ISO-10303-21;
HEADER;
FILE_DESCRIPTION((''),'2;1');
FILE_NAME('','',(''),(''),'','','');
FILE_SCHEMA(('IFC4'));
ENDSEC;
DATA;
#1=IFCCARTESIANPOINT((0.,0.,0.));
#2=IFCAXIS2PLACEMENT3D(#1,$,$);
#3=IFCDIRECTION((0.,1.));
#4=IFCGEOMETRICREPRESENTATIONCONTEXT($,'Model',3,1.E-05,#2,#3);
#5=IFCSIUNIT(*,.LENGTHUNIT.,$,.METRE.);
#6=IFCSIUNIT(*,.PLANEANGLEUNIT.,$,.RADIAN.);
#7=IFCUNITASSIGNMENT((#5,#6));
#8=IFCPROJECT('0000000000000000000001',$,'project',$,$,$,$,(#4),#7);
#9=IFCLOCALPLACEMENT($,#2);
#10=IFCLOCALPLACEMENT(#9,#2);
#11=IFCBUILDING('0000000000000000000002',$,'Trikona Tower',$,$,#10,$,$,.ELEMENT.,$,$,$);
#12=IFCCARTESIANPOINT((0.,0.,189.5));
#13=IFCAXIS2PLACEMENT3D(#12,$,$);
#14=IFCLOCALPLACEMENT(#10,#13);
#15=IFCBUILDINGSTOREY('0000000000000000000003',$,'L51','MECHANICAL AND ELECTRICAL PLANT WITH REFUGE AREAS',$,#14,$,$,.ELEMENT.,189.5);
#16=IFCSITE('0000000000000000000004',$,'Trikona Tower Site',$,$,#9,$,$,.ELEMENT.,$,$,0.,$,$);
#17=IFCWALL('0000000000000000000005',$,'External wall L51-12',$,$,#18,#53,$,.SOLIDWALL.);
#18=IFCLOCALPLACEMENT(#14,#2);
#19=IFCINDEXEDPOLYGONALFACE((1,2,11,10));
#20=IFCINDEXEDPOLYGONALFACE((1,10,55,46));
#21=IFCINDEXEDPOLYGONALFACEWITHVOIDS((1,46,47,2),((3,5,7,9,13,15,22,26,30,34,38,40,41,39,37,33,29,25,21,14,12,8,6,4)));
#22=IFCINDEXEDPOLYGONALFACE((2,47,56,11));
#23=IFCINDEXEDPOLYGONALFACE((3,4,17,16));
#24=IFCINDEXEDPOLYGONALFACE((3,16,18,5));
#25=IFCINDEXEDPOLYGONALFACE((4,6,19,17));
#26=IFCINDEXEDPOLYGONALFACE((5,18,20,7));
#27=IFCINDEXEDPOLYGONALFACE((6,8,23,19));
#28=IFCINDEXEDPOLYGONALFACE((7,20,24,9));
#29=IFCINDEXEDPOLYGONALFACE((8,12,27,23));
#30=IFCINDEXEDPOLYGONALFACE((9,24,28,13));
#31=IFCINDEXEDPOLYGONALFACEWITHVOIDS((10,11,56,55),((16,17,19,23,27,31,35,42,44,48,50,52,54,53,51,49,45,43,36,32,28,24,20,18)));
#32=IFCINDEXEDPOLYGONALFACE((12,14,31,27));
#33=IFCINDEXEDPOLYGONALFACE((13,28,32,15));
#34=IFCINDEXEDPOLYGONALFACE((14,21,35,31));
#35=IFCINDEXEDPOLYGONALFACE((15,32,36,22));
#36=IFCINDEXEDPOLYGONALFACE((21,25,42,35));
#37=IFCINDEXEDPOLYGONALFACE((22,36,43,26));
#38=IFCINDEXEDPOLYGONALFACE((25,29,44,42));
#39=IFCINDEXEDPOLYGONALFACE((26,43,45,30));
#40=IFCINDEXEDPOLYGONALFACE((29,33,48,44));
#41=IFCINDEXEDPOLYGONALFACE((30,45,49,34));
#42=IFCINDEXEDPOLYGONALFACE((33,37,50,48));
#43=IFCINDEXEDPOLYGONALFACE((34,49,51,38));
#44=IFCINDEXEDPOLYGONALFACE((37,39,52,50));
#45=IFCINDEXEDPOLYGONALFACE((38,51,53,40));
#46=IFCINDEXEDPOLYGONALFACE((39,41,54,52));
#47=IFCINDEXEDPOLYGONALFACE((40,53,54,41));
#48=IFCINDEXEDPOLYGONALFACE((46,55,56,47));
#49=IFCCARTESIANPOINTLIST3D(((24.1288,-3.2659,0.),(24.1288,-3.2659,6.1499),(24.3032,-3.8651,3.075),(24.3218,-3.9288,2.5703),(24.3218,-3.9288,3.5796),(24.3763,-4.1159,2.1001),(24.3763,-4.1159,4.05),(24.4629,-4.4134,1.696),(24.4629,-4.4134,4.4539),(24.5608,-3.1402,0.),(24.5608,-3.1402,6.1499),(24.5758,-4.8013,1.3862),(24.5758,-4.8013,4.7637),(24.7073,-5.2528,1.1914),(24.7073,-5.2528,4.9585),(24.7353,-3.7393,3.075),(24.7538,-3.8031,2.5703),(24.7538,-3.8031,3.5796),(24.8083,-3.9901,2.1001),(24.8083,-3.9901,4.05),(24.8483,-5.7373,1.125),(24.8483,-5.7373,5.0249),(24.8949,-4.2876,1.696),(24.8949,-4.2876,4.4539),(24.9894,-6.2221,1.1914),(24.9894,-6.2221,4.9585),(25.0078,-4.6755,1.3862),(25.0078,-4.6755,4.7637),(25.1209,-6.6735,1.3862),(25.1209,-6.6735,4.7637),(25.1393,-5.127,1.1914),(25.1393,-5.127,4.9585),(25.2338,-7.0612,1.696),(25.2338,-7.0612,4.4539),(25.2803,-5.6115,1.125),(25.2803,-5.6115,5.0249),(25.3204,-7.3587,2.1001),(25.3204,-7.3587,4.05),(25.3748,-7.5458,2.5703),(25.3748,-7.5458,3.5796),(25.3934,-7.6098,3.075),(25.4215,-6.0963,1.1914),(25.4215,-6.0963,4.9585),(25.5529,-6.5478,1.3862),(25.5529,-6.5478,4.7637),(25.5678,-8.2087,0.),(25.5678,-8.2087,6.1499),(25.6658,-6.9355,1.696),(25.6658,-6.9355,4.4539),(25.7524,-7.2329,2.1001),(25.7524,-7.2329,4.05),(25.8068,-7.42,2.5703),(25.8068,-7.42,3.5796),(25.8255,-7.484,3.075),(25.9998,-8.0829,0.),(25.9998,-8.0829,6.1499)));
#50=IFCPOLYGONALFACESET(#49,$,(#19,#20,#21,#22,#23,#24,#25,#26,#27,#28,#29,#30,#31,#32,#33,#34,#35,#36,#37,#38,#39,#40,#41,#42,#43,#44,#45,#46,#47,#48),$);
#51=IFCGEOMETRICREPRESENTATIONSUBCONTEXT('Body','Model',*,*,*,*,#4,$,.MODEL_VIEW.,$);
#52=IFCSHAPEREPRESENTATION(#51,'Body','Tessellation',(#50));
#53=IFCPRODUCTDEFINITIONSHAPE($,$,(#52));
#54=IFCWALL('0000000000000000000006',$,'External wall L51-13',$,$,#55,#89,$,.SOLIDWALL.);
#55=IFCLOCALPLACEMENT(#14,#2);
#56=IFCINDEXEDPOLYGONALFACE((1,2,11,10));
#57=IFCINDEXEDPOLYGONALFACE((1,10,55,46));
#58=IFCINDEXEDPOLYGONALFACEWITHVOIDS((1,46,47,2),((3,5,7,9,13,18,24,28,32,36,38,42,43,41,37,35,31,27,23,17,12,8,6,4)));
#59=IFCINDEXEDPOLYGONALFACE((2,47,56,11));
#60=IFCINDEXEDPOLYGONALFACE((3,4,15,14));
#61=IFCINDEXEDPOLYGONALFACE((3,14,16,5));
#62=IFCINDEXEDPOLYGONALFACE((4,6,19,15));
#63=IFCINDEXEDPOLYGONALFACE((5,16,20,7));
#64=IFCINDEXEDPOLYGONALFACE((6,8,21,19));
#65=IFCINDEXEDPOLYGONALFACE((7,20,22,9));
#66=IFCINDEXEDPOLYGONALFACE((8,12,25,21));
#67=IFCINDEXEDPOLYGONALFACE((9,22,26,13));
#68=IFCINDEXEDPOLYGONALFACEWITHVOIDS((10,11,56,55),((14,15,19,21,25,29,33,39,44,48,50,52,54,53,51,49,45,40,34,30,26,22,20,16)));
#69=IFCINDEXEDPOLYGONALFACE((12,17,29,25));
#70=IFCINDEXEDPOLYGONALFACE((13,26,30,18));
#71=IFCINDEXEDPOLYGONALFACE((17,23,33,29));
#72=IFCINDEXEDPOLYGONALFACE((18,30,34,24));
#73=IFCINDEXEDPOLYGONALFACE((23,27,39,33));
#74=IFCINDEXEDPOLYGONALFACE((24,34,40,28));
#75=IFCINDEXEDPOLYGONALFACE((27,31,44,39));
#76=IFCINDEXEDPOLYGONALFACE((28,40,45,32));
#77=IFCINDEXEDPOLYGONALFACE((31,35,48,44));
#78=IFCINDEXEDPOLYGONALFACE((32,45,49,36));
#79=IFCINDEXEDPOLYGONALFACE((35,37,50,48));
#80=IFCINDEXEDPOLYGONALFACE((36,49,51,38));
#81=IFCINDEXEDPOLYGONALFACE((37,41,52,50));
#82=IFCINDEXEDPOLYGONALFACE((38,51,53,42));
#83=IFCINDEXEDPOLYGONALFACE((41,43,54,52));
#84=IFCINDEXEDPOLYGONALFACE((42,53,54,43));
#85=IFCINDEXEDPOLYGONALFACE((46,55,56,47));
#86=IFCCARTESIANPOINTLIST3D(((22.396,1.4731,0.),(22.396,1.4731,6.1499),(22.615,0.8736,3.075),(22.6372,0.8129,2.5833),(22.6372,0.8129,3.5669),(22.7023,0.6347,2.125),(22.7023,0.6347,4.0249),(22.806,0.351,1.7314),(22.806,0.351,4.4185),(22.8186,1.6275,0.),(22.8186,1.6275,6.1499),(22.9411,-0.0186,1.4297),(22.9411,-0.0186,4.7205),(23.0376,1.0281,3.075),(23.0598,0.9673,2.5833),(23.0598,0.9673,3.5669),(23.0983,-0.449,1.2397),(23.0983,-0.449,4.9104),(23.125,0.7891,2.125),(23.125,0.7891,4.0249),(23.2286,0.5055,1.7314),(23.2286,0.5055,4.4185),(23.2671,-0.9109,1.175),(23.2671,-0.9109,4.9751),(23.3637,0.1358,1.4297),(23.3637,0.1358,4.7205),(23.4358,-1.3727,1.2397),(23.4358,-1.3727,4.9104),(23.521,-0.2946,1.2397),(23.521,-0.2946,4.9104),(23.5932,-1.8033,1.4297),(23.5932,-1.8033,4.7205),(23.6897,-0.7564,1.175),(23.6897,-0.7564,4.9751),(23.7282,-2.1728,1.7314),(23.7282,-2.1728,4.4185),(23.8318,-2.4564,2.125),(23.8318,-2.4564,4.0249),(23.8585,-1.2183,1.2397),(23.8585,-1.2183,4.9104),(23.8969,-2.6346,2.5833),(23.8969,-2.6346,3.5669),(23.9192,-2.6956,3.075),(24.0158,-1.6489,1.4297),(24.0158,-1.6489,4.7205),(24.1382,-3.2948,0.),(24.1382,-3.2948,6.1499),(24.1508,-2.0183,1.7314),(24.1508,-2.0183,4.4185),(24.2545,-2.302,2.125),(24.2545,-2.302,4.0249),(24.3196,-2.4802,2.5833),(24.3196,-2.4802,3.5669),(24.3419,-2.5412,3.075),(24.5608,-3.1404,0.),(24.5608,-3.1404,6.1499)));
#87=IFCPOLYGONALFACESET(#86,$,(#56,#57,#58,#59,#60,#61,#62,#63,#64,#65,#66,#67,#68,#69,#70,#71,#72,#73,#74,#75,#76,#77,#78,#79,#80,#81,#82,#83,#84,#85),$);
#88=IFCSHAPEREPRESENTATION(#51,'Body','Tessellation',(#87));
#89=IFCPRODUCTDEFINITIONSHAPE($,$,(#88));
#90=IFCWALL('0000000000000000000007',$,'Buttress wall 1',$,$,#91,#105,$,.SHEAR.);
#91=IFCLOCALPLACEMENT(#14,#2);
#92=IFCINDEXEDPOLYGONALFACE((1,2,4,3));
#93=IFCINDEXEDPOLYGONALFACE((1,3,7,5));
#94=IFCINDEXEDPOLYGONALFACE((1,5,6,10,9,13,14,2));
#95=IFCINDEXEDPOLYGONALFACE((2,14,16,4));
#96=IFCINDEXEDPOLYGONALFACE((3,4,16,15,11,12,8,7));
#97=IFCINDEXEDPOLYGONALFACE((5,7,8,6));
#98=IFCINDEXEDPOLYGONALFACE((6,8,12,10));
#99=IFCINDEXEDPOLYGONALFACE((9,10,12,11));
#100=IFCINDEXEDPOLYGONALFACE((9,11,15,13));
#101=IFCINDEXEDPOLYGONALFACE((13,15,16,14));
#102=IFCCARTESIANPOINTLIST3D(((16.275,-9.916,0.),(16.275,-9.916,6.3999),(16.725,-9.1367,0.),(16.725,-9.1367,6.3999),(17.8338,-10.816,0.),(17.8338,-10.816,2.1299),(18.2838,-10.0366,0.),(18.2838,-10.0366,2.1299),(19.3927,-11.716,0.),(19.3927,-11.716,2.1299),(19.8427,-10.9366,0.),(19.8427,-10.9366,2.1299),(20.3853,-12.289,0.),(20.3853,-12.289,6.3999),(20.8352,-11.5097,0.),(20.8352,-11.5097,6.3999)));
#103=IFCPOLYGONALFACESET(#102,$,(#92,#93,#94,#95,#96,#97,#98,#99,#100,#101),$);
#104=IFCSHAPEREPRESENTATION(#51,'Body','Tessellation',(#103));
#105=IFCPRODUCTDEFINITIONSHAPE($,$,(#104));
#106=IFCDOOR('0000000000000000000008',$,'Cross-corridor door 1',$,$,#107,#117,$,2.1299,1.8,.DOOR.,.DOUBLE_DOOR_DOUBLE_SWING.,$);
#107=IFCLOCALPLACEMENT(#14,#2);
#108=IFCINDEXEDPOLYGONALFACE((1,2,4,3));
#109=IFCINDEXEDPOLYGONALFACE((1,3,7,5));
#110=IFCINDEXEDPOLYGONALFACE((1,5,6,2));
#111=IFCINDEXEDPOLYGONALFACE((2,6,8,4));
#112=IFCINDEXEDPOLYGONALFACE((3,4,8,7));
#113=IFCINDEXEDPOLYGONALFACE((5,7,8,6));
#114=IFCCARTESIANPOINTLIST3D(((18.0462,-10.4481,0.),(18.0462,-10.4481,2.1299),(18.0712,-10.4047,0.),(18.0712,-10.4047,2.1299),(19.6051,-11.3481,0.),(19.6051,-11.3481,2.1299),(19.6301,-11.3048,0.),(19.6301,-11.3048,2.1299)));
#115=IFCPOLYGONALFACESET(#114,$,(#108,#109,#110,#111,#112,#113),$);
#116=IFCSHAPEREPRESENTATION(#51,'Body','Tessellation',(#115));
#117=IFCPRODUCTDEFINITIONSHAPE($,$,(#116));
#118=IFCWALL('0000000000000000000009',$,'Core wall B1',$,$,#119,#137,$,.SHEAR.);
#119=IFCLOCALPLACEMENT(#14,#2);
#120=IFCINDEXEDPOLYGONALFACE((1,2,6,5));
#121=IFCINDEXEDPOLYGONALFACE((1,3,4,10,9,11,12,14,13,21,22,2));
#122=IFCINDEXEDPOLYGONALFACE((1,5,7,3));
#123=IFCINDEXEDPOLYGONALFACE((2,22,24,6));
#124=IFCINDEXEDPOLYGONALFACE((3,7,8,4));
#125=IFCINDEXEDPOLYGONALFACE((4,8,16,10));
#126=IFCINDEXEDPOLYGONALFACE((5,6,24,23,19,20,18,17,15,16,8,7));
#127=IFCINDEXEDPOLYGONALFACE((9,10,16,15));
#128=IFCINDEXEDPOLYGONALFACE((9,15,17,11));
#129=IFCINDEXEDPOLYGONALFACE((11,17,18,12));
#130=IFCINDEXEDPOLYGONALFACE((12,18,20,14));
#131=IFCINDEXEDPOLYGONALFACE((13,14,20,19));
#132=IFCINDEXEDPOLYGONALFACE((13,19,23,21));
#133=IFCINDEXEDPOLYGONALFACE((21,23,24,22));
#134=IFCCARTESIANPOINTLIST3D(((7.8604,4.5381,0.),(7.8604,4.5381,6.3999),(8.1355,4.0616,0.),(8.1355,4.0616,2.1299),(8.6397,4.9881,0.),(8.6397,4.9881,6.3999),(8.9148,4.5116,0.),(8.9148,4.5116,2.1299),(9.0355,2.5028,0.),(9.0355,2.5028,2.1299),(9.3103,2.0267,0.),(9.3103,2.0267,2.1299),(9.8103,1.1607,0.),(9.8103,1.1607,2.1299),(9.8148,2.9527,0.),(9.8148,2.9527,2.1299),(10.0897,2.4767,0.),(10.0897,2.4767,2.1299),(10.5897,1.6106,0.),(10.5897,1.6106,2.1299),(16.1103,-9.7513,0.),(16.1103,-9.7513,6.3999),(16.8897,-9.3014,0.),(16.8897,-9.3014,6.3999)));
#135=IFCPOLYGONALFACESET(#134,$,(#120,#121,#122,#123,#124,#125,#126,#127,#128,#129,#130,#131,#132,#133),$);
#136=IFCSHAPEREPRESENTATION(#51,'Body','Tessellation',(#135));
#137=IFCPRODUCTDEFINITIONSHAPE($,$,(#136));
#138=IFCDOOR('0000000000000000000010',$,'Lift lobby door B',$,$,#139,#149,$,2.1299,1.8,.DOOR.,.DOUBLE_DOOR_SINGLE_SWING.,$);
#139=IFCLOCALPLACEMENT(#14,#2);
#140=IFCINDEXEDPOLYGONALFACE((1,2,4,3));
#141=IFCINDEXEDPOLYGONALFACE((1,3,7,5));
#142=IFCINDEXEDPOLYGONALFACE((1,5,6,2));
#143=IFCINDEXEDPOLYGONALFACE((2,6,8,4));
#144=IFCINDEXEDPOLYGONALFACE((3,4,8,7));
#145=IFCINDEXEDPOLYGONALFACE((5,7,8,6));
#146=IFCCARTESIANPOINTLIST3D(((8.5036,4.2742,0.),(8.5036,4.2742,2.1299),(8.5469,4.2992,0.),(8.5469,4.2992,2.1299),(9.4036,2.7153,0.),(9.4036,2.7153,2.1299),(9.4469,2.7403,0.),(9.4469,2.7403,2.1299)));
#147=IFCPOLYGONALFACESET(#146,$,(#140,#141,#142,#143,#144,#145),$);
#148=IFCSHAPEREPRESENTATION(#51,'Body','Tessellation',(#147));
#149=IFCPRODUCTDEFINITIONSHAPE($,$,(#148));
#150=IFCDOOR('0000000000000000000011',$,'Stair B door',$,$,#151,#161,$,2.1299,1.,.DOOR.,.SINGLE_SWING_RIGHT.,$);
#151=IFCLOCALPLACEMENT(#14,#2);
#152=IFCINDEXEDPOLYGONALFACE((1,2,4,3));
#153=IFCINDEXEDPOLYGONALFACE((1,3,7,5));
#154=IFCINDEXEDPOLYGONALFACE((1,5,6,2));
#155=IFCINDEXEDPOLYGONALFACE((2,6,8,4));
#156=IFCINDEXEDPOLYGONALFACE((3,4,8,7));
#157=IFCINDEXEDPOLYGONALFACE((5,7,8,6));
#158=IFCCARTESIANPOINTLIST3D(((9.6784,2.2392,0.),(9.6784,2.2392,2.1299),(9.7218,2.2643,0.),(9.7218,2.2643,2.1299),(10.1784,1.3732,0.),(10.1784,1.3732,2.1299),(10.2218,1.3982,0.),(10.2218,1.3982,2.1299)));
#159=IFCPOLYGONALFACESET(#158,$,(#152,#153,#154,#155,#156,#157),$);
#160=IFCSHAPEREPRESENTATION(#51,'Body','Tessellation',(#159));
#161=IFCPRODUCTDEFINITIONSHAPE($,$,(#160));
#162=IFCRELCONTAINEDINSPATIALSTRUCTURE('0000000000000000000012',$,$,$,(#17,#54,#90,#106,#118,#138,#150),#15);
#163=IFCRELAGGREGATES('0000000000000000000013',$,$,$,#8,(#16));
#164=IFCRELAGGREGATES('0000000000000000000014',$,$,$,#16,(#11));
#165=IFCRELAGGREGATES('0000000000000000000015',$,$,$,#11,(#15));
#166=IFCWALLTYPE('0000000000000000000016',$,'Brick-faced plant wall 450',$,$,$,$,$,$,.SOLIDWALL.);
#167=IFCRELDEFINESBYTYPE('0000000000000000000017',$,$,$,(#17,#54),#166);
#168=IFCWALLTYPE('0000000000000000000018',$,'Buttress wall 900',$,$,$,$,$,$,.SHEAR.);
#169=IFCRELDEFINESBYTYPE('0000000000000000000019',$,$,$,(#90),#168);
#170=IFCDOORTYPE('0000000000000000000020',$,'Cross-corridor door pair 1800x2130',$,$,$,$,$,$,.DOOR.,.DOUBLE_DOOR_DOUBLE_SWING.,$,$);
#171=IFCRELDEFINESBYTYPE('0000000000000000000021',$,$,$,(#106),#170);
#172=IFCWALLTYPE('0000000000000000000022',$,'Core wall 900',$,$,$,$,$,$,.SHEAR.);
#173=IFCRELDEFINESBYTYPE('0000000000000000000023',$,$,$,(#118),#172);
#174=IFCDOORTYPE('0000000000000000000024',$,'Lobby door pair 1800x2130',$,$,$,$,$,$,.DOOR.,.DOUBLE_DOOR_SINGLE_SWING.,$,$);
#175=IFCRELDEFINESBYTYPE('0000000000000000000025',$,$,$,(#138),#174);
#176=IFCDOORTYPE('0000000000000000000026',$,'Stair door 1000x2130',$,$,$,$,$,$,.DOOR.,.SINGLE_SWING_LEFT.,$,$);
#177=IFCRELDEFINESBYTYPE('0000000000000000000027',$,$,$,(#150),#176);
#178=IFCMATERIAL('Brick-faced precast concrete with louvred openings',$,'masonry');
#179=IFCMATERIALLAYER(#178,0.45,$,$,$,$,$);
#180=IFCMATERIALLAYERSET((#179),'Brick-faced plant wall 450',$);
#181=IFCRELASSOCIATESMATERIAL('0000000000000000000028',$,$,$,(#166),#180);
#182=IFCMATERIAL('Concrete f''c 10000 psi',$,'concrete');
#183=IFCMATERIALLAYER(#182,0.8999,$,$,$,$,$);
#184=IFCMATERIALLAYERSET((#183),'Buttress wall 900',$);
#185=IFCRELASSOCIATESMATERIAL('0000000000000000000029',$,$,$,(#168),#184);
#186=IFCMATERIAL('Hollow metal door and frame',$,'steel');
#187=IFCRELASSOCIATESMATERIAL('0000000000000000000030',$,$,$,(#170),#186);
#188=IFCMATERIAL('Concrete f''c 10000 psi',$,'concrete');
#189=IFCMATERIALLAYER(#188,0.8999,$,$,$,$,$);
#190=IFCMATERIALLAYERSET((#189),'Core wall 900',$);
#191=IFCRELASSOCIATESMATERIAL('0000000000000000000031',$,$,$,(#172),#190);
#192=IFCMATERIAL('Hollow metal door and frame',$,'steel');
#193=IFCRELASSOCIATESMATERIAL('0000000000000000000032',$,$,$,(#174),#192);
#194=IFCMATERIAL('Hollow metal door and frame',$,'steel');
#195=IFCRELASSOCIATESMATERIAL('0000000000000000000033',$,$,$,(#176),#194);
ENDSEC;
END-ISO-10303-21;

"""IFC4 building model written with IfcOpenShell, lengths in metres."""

from ifc_helpers import new_model, si_unit, direction, frame, frame_2d, origin, place, context, subcontext, project, spatial, polyline, rectangle, outline, extrude, material, layer, layer_set, type_object, element, fill, save


model = new_model("IFC4")

# Units and contexts
model_context = context("Model", 3, precision=1e-05, world=origin(), true_north=direction((0.0, 1.0)))
body_context = subcontext(model_context, "Body", "Model", "MODEL_VIEW")
ifc_project = project(units=[si_unit("LENGTHUNIT", "METRE"), si_unit("PLANEANGLEUNIT", "RADIAN")], contexts=[model_context])

# Site, building, storey
site_placement = place(None, origin())
site = spatial("IfcSite", under=ifc_project, at=site_placement, Name="Trikona Tower Site", CompositionType="ELEMENT", RefElevation=0.0)
building_placement = place(site_placement, origin())
building = spatial("IfcBuilding", under=site, at=building_placement, Name="Trikona Tower", CompositionType="ELEMENT")
storey_placement = place(building_placement, frame((0.0, 0.0, 189.5)))
storey = spatial("IfcBuildingStorey", under=building, at=storey_placement, Name="L51", Description="MECHANICAL AND ELECTRICAL PLANT WITH REFUGE AREAS", CompositionType="ELEMENT", Elevation=189.5)

# Walls
ifc_material_1 = material(Name="Brick-faced precast concrete with louvred openings", Category="masonry")
ifc_layer_1 = layer(ifc_material_1, 0.45)
ifc_layer_set_1 = layer_set([ifc_layer_1], Name="Brick-faced plant wall 450")
wall_type_1 = type_object("IfcWallType", Name="Brick-faced plant wall 450", PredefinedType="SOLIDWALL", material=ifc_layer_set_1)
wall_1_placement = place(storey_placement, frame((25.7839, -8.1458, 0.0), z_axis=(0.0, 0.0, 1.0), x_axis=(-0.279528, 0.960137, 0.0)))
element("IfcWall", 1, at=wall_1_placement, inside=storey, type_object=wall_type_1, Name="External wall L51-12", PredefinedType="SOLIDWALL", context=body_context, shape_type="SweptSolid", body=[
    extrude(outline(polyline([(0.0, 0.0), (5.1479, 0.0), (5.1479, 6.1499), (0.0, 6.1499), (0.0, 0.0)]), holes=[polyline([(4.5239, 3.075), (4.4575, 3.5796), (4.2627, 4.05), (3.9529, 4.4539), (3.5488, 4.7637), (3.0786, 4.9585), (2.574, 5.0249), (2.0691, 4.9585), (1.5989, 4.7637), (1.1951, 4.4539), (0.8853, 4.05), (0.6904, 3.5796), (0.6238, 3.075), (0.6904, 2.5703), (0.8853, 2.1001), (1.1951, 1.696), (1.5989, 1.3862), (2.0691, 1.1914), (2.574, 1.125), (3.0786, 1.1914), (3.5488, 1.3862), (3.9529, 1.696), (4.2627, 2.1001), (4.4575, 2.5703), (4.5239, 3.075)])]), frame((0.0, 0.2251, 0.0), z_axis=(0.0, -1.0, 0.0), x_axis=(1.0, 0.0, 0.0)), (0.0, 0.0, 1.0), 0.45),
])
wall_2_placement = place(storey_placement, frame((24.3496, -3.2175, 0.0), z_axis=(0.0, 0.0, 1.0), x_axis=(-0.34321, 0.939259, 0.0)))
element("IfcWall", 2, at=wall_2_placement, inside=storey, type_object=wall_type_1, Name="External wall L51-13", PredefinedType="SOLIDWALL", context=body_context, shape_type="SweptSolid", body=[
    extrude(outline(polyline([(0.0, 0.0), (5.0762, 0.0), (5.0762, 6.1499), (0.0, 6.1499), (0.0, 0.0)]), holes=[polyline([(4.438, 3.075), (4.3733, 3.5669), (4.1836, 4.0249), (3.8816, 4.4185), (3.488, 4.7205), (3.0298, 4.9104), (2.5381, 4.9751), (2.0464, 4.9104), (1.5879, 4.7205), (1.1946, 4.4185), (0.8926, 4.0249), (0.7029, 3.5669), (0.6379, 3.075), (0.7029, 2.5833), (0.8926, 2.125), (1.1946, 1.7314), (1.5879, 1.4297), (2.0464, 1.2397), (2.5381, 1.175), (3.0298, 1.2397), (3.488, 1.4297), (3.8816, 1.7314), (4.1836, 2.125), (4.3733, 2.5833), (4.438, 3.075)])]), frame((0.0, 0.2251, 0.0), z_axis=(0.0, -1.0, 0.0), x_axis=(1.0, 0.0, 0.0)), (0.0, 0.0, 1.0), 0.45),
])

# Wall, opening, door
ifc_material_2 = material(Name="Concrete f'c 10000 psi", Category="concrete")
ifc_layer_2 = layer(ifc_material_2, 0.8999)
ifc_layer_set_2 = layer_set([ifc_layer_2], Name="Buttress wall 900")
wall_type_2 = type_object("IfcWallType", Name="Buttress wall 900", PredefinedType="SHEAR", material=ifc_layer_set_2)
wall_3_placement = place(storey_placement, frame((16.5, -9.5264, 0.0), z_axis=(0.0, 0.0, 1.0), x_axis=(0.866031, -0.49999, 0.0)))
wall_3 = element("IfcWall", 3, at=wall_3_placement, inside=storey, type_object=wall_type_2, Name="Buttress wall 1", PredefinedType="SHEAR", context=body_context, shape_type="SweptSolid", body=[
    extrude(rectangle(XDim=4.7461, YDim=0.8999, at=frame_2d((2.373, 0.0))), origin(), (0.0, 0.0, 1.0), 6.3999),
])
opening_1_placement = place(wall_3_placement, frame((1.8, 0.0, 0.0)))
opening_1 = element("IfcOpeningElement", 4, at=opening_1_placement, cuts=wall_3, PredefinedType="OPENING", context=body_context, shape_type="SweptSolid", body=[
    extrude(rectangle(XDim=1.8, YDim=2.1299, at=frame_2d((0.8999, 1.0649))), frame((0.0, 0.46, 0.0), z_axis=(0.0, -1.0, 0.0), x_axis=(1.0, 0.0, 0.0)), (0.0, 0.0, 1.0), 0.9199),
])
ifc_material_3 = material(Name="Hollow metal door and frame", Category="steel")
door_type_1 = type_object("IfcDoorType", Name="Cross-corridor door pair 1800x2130", OperationType="DOUBLE_DOOR_DOUBLE_SWING", PredefinedType="DOOR", material=ifc_material_3)
door_1_placement = place(opening_1_placement, origin())
door_1 = element("IfcDoor", 5, at=door_1_placement, inside=storey, type_object=door_type_1, Name="Cross-corridor door 1", OperationType="DOUBLE_DOOR_DOUBLE_SWING", OverallHeight=2.1299, OverallWidth=1.8, PredefinedType="DOOR", context=body_context, shape_type="SweptSolid", body=[
    extrude(rectangle(XDim=1.8, YDim=2.1299, at=frame_2d((0.8999, 1.0649))), frame((0.0, 0.0249, 0.0), z_axis=(0.0, -1.0, 0.0), x_axis=(1.0, 0.0, 0.0)), (0.0, 0.0, 1.0), 0.05),
])
fill(opening_1, door_1)

# Wall, openings, doors
ifc_material_4 = material(Name="Concrete f'c 10000 psi", Category="concrete")
ifc_layer_3 = layer(ifc_material_4, 0.8999)
ifc_layer_set_3 = layer_set([ifc_layer_3], Name="Core wall 900")
wall_type_3 = type_object("IfcWallType", Name="Core wall 900", PredefinedType="SHEAR", material=ifc_layer_set_3)
wall_4_placement = place(storey_placement, frame((16.5, -9.5264, 0.0), z_axis=(0.0, 0.0, 1.0), x_axis=(-0.499997, 0.866027, 0.0)))
wall_4 = element("IfcWall", 6, at=wall_4_placement, inside=storey, type_object=wall_type_3, Name="Core wall B1", PredefinedType="SHEAR", context=body_context, shape_type="SweptSolid", body=[
    extrude(rectangle(XDim=16.5, YDim=0.8999, at=frame_2d((8.25, 0.0))), origin(), (0.0, 0.0, 1.0), 6.3999),
])
opening_2_placement = place(wall_4_placement, frame((14.1499, 0.0, 0.0)))
opening_2 = element("IfcOpeningElement", 7, at=opening_2_placement, cuts=wall_4, PredefinedType="OPENING", context=body_context, shape_type="SweptSolid", body=[
    extrude(rectangle(XDim=1.8, YDim=2.1299, at=frame_2d((0.8999, 1.0649))), frame((0.0, 0.46, 0.0), z_axis=(0.0, -1.0, 0.0), x_axis=(1.0, 0.0, 0.0)), (0.0, 0.0, 1.0), 0.9199),
])
opening_3_placement = place(wall_4_placement, frame((12.6001, 0.0, 0.0)))
opening_3 = element("IfcOpeningElement", 8, at=opening_3_placement, cuts=wall_4, PredefinedType="OPENING", context=body_context, shape_type="SweptSolid", body=[
    extrude(rectangle(XDim=1.0, YDim=2.1299, at=frame_2d((0.5, 1.0649))), frame((0.0, 0.46, 0.0), z_axis=(0.0, -1.0, 0.0), x_axis=(1.0, 0.0, 0.0)), (0.0, 0.0, 1.0), 0.9199),
])
ifc_material_5 = material(Name="Hollow metal door and frame", Category="steel")
door_type_2 = type_object("IfcDoorType", Name="Lobby door pair 1800x2130", OperationType="DOUBLE_DOOR_SINGLE_SWING", PredefinedType="DOOR", material=ifc_material_5)
door_2_placement = place(opening_2_placement, origin())
door_2 = element("IfcDoor", 9, at=door_2_placement, inside=storey, type_object=door_type_2, Name="Lift lobby door B", OperationType="DOUBLE_DOOR_SINGLE_SWING", OverallHeight=2.1299, OverallWidth=1.8, PredefinedType="DOOR", context=body_context, shape_type="SweptSolid", body=[
    extrude(rectangle(XDim=1.8, YDim=2.1299, at=frame_2d((0.8999, 1.0649))), frame((0.0, 0.0249, 0.0), z_axis=(0.0, -1.0, 0.0), x_axis=(1.0, 0.0, 0.0)), (0.0, 0.0, 1.0), 0.05),
])
fill(opening_2, door_2)
ifc_material_6 = material(Name="Hollow metal door and frame", Category="steel")
door_type_3 = type_object("IfcDoorType", Name="Stair door 1000x2130", OperationType="SINGLE_SWING_LEFT", PredefinedType="DOOR", material=ifc_material_6)
door_3_placement = place(opening_3_placement, origin())
door_3 = element("IfcDoor", 10, at=door_3_placement, inside=storey, type_object=door_type_3, Name="Stair B door", OperationType="SINGLE_SWING_RIGHT", OverallHeight=2.1299, OverallWidth=1.0, PredefinedType="DOOR", context=body_context, shape_type="SweptSolid", body=[
    extrude(rectangle(XDim=1.0, YDim=2.1299, at=frame_2d((0.5, 1.0649))), frame((0.0, 0.0249, 0.0), z_axis=(0.0, -1.0, 0.0), x_axis=(1.0, 0.0, 0.0)), (0.0, 0.0, 1.0), 0.05),
])
fill(opening_3, door_3)

save(model, "model.ifc")
